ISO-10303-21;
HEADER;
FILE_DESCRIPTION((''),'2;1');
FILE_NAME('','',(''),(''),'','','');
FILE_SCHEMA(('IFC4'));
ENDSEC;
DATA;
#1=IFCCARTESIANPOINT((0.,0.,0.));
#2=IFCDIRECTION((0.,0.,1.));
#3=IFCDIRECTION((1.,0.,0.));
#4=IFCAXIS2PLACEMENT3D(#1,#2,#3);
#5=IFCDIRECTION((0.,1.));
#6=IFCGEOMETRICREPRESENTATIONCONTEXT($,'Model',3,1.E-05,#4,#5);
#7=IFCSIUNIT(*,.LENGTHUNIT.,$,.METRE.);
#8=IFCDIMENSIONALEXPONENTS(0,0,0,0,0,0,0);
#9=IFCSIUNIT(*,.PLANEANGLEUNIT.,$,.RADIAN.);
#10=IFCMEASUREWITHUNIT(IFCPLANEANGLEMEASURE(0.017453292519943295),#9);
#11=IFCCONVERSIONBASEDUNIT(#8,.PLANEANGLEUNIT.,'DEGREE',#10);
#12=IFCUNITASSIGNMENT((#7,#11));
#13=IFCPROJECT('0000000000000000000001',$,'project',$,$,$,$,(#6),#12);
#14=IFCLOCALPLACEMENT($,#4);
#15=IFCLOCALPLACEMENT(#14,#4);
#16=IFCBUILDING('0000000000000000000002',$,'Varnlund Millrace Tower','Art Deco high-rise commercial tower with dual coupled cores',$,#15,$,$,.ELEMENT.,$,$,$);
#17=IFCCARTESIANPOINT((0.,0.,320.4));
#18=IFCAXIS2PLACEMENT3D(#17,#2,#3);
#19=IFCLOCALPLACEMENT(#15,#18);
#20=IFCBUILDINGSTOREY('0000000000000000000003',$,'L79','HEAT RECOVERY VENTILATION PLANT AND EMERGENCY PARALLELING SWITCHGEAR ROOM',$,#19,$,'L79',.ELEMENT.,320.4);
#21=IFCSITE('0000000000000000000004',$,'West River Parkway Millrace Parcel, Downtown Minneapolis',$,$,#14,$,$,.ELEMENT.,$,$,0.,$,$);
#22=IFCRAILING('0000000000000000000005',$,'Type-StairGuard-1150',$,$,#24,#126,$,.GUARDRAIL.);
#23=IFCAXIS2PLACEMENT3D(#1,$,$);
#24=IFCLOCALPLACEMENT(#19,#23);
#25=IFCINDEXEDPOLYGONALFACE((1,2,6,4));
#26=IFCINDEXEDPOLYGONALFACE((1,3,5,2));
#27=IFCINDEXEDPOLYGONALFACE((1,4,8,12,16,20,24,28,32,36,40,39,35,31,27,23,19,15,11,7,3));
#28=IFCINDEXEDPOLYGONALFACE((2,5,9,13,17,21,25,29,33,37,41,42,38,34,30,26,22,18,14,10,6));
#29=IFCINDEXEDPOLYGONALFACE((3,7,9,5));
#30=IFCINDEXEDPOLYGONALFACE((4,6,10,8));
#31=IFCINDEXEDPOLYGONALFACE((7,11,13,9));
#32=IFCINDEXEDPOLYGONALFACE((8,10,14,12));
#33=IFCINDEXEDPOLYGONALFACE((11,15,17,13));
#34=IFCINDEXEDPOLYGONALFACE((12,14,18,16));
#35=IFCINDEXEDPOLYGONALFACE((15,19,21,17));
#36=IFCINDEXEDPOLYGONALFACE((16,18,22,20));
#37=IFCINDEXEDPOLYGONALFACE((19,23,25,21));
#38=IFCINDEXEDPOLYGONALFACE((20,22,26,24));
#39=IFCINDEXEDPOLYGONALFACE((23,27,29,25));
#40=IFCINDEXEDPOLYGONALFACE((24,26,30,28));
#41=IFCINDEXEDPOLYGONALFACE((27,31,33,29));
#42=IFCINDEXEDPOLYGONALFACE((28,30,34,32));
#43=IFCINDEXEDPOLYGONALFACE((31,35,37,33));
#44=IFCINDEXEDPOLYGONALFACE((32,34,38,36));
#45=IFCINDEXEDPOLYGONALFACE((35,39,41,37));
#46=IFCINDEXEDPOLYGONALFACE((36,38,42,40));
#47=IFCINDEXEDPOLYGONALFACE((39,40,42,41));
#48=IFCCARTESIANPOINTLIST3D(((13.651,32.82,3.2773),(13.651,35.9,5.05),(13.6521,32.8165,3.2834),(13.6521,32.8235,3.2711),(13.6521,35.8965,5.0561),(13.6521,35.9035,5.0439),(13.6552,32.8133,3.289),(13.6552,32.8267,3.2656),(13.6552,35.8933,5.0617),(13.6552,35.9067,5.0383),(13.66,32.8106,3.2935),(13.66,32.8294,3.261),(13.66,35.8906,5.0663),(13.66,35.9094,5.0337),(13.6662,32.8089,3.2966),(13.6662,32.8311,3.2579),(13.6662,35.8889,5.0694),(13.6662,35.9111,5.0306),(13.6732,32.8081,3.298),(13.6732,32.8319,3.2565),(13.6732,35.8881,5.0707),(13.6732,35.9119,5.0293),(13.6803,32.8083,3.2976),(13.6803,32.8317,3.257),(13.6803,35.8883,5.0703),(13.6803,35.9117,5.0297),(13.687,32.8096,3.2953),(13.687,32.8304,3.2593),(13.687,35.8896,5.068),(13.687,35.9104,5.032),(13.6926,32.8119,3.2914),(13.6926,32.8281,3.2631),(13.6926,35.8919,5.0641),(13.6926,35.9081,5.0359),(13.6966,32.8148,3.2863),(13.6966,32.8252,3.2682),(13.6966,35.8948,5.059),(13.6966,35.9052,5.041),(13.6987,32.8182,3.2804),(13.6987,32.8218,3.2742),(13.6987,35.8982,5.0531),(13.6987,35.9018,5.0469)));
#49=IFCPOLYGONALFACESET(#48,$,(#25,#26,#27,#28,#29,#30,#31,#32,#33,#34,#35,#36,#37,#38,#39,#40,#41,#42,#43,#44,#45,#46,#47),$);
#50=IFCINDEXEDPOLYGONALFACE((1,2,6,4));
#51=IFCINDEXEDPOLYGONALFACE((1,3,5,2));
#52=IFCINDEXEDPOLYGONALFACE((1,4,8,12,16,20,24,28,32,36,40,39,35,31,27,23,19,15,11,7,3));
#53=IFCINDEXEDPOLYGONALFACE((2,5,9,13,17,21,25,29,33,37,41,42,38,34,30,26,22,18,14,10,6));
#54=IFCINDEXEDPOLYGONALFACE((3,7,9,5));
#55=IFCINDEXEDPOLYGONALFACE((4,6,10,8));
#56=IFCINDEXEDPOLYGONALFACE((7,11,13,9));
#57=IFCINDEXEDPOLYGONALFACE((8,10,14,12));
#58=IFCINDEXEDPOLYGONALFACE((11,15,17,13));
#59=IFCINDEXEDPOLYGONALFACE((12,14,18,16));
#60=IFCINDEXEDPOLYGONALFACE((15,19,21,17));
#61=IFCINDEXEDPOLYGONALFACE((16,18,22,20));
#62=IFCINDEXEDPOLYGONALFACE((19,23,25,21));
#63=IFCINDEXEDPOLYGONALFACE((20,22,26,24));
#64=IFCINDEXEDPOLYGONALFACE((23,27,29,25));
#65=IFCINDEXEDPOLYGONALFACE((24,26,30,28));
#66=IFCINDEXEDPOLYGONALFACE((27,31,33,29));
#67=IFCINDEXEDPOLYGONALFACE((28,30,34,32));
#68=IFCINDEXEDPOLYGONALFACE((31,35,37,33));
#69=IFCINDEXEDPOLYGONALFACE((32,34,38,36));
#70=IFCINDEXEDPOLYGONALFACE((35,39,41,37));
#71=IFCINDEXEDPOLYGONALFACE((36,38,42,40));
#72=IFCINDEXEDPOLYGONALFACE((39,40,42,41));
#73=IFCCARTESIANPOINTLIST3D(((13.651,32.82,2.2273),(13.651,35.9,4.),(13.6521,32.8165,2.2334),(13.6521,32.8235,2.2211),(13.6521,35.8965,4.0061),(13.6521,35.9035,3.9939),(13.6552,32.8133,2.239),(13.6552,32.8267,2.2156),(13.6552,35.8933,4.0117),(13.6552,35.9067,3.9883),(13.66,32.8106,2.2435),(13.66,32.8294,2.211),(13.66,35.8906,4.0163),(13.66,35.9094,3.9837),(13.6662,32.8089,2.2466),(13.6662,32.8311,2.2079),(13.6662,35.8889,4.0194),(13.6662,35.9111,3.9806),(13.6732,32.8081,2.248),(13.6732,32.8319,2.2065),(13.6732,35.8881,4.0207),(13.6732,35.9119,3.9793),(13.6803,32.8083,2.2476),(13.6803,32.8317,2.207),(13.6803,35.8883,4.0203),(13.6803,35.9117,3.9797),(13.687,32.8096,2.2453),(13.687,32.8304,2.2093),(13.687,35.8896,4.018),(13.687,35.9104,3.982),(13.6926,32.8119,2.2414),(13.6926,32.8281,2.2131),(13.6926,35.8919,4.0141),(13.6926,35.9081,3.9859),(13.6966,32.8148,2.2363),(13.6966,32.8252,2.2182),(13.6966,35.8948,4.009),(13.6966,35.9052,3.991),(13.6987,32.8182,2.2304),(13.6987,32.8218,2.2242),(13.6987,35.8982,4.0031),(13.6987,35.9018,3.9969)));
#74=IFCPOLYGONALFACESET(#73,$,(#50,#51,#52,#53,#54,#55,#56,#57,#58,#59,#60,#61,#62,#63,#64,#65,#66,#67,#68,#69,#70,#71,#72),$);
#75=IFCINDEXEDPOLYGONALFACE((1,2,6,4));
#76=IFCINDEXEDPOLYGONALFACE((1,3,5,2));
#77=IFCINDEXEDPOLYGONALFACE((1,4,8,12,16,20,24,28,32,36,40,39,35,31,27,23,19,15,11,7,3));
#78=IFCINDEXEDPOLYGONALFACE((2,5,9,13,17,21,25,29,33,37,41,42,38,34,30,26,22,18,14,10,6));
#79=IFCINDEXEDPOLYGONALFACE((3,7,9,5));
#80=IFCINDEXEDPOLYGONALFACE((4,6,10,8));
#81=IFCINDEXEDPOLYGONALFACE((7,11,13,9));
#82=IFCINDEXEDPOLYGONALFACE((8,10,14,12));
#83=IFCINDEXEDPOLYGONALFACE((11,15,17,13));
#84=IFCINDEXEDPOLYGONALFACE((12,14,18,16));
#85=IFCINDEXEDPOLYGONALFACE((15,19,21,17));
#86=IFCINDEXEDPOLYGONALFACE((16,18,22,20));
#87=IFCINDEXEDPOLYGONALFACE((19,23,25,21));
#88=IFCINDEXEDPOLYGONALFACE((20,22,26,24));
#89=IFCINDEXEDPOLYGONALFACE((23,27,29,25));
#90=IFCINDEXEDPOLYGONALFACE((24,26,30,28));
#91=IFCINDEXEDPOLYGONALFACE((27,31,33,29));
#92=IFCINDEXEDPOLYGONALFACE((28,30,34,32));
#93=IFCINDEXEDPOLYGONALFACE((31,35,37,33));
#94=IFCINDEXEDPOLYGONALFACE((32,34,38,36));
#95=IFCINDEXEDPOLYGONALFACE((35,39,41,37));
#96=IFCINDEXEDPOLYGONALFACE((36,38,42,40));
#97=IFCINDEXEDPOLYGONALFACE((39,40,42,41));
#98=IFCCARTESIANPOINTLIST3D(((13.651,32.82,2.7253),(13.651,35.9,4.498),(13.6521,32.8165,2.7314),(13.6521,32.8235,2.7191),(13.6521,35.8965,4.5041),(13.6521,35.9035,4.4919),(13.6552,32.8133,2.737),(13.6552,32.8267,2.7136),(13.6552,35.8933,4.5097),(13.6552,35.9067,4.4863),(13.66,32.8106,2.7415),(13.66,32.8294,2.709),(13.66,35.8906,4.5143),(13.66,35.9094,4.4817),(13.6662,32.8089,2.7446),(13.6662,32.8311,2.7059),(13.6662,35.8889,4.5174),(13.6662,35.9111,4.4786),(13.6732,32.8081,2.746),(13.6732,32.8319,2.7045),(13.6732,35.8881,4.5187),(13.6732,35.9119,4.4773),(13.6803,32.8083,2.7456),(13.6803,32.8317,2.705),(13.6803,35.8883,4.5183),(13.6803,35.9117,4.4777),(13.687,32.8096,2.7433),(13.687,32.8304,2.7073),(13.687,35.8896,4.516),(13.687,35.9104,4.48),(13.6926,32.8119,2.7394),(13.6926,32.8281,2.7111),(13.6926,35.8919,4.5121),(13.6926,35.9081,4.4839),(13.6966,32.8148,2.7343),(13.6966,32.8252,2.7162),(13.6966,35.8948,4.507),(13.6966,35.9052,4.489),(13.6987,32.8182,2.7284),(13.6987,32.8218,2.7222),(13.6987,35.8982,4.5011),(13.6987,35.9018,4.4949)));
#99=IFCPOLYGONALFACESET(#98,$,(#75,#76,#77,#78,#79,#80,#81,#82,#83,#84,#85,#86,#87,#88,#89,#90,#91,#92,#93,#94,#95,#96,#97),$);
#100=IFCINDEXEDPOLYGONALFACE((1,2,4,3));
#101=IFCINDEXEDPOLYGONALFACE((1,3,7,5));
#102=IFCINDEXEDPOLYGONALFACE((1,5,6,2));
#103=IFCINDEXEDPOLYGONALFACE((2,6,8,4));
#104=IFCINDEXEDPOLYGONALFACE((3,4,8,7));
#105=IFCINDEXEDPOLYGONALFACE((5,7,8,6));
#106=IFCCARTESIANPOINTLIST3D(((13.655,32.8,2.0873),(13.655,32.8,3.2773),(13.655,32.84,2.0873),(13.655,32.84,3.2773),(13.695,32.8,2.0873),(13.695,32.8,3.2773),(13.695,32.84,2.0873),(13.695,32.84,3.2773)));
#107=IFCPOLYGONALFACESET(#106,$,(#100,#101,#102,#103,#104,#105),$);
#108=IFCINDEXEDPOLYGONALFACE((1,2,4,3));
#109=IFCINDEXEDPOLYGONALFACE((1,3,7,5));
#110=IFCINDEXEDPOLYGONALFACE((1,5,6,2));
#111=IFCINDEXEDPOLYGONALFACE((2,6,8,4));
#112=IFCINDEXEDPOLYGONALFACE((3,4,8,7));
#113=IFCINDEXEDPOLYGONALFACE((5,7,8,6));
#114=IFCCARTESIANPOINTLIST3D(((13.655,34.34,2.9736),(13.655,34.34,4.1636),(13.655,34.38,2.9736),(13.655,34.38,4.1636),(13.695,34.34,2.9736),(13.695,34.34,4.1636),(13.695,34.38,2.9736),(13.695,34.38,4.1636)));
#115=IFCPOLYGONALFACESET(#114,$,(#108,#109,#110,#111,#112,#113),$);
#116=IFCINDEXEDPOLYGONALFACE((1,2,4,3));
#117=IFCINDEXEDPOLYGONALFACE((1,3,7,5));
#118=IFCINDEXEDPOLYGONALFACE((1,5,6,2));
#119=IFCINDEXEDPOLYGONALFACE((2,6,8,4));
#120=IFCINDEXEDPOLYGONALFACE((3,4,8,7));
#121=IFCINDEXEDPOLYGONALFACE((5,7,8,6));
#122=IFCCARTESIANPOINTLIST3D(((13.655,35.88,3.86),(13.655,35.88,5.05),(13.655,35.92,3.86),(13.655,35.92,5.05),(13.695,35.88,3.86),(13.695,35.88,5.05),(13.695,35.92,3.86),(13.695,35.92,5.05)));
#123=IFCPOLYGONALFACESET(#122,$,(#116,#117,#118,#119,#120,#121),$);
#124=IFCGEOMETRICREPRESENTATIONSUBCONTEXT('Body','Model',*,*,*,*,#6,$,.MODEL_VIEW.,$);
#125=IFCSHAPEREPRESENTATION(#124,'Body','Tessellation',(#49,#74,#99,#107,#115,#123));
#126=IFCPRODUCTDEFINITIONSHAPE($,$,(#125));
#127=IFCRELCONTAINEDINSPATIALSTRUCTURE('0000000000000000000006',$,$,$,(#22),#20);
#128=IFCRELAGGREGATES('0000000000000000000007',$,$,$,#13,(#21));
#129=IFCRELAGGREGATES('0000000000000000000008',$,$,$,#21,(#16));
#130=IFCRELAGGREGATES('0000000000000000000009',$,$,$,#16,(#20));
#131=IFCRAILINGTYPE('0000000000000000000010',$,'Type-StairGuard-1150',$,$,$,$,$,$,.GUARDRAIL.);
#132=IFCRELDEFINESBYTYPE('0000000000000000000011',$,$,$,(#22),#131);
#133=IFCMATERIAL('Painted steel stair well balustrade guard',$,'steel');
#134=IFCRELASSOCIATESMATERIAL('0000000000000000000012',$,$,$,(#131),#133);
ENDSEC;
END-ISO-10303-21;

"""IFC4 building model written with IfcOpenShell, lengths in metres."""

from ifc_helpers import new_model, entity, si_unit, converted_unit, direction, frame, origin_with_axes, origin_2d_with_axis, place, context, subcontext, project, spatial, rectangle, circle, extrude, material, type_object, element, save


model = new_model("IFC4")

# Units and contexts
model_context = context("Model", 3, precision=1e-05, world=origin_with_axes(), true_north=direction((0.0, 1.0)))
body_context = subcontext(model_context, "Body", "Model", "MODEL_VIEW")
ifc_project = project(units=[si_unit("LENGTHUNIT", "METRE"), converted_unit("PLANEANGLEUNIT", "DEGREE", entity("IfcPlaneAngleMeasure", 0.017453292519943295), si_unit("PLANEANGLEUNIT", "RADIAN"), dimensions=[0, 0, 0, 0, 0, 0, 0])], contexts=[model_context])

# Site, building, storey
site_placement = place(None, origin_with_axes())
site = spatial("IfcSite", under=ifc_project, at=site_placement, Name="West River Parkway Millrace Parcel, Downtown Minneapolis", CompositionType="ELEMENT", RefElevation=0.0)
building_placement = place(site_placement, origin_with_axes())
building = spatial("IfcBuilding", under=site, at=building_placement, Name="Varnlund Millrace Tower", Description="Art Deco high-rise commercial tower with dual coupled cores", CompositionType="ELEMENT")
storey_placement = place(building_placement, frame((0.0, 0.0, 320.4), z_axis=(0.0, 0.0, 1.0), x_axis=(1.0, 0.0, 0.0)))
storey = spatial("IfcBuildingStorey", under=building, at=storey_placement, Name="L79", Description="HEAT RECOVERY VENTILATION PLANT AND EMERGENCY PARALLELING SWITCHGEAR ROOM", LongName="L79", CompositionType="ELEMENT", Elevation=320.4)

# Railing
ifc_material_1 = material(Name="Painted steel stair well balustrade guard", Category="steel")
railing_type_1 = type_object("IfcRailingType", Name="Type-StairGuard-1150", PredefinedType="GUARDRAIL", material=ifc_material_1)
railing_1_placement = place(storey_placement, frame((0.0, 0.0, -320.4), z_axis=(0.0, 0.0, 1.0), x_axis=(1.0, 0.0, 0.0)))
element("IfcRailing", 1, at=railing_1_placement, inside=storey, type_object=railing_type_1, Name="Type-StairGuard-1150", PredefinedType="GUARDRAIL", context=body_context, shape_type="SweptSolid", body=[
    extrude(circle(Radius=0.024, at=origin_2d_with_axis()), frame((13.675, 32.82, 323.6773), z_axis=(0.0, 0.866696, 0.498836), x_axis=(-1.0, 0.0, 0.0)), (0.0, 0.0, 1.0), 3.5537),
    extrude(circle(Radius=0.024, at=origin_2d_with_axis()), frame((13.675, 32.82, 322.6273), z_axis=(0.0, 0.866696, 0.498836), x_axis=(-1.0, 0.0, 0.0)), (0.0, 0.0, 1.0), 3.5537),
    extrude(circle(Radius=0.024, at=origin_2d_with_axis()), frame((13.675, 32.82, 323.1253), z_axis=(0.0, 0.866696, 0.498836), x_axis=(-1.0, 0.0, 0.0)), (0.0, 0.0, 1.0), 3.5537),
    extrude(rectangle(XDim=0.04, YDim=0.04, at=origin_2d_with_axis()), frame((13.675, 32.82, 322.4873), z_axis=(0.0, 0.0, 1.0), x_axis=(1.0, 0.0, 0.0)), (0.0, 0.0, 1.0), 1.19),
    extrude(rectangle(XDim=0.04, YDim=0.04, at=origin_2d_with_axis()), frame((13.675, 34.36, 323.3736), z_axis=(0.0, 0.0, 1.0), x_axis=(1.0, 0.0, 0.0)), (0.0, 0.0, 1.0), 1.19),
    extrude(rectangle(XDim=0.04, YDim=0.04, at=origin_2d_with_axis()), frame((13.675, 35.9, 324.26), z_axis=(0.0, 0.0, 1.0), x_axis=(1.0, 0.0, 0.0)), (0.0, 0.0, 1.0), 1.19),
])

save(model, "model.ifc")
